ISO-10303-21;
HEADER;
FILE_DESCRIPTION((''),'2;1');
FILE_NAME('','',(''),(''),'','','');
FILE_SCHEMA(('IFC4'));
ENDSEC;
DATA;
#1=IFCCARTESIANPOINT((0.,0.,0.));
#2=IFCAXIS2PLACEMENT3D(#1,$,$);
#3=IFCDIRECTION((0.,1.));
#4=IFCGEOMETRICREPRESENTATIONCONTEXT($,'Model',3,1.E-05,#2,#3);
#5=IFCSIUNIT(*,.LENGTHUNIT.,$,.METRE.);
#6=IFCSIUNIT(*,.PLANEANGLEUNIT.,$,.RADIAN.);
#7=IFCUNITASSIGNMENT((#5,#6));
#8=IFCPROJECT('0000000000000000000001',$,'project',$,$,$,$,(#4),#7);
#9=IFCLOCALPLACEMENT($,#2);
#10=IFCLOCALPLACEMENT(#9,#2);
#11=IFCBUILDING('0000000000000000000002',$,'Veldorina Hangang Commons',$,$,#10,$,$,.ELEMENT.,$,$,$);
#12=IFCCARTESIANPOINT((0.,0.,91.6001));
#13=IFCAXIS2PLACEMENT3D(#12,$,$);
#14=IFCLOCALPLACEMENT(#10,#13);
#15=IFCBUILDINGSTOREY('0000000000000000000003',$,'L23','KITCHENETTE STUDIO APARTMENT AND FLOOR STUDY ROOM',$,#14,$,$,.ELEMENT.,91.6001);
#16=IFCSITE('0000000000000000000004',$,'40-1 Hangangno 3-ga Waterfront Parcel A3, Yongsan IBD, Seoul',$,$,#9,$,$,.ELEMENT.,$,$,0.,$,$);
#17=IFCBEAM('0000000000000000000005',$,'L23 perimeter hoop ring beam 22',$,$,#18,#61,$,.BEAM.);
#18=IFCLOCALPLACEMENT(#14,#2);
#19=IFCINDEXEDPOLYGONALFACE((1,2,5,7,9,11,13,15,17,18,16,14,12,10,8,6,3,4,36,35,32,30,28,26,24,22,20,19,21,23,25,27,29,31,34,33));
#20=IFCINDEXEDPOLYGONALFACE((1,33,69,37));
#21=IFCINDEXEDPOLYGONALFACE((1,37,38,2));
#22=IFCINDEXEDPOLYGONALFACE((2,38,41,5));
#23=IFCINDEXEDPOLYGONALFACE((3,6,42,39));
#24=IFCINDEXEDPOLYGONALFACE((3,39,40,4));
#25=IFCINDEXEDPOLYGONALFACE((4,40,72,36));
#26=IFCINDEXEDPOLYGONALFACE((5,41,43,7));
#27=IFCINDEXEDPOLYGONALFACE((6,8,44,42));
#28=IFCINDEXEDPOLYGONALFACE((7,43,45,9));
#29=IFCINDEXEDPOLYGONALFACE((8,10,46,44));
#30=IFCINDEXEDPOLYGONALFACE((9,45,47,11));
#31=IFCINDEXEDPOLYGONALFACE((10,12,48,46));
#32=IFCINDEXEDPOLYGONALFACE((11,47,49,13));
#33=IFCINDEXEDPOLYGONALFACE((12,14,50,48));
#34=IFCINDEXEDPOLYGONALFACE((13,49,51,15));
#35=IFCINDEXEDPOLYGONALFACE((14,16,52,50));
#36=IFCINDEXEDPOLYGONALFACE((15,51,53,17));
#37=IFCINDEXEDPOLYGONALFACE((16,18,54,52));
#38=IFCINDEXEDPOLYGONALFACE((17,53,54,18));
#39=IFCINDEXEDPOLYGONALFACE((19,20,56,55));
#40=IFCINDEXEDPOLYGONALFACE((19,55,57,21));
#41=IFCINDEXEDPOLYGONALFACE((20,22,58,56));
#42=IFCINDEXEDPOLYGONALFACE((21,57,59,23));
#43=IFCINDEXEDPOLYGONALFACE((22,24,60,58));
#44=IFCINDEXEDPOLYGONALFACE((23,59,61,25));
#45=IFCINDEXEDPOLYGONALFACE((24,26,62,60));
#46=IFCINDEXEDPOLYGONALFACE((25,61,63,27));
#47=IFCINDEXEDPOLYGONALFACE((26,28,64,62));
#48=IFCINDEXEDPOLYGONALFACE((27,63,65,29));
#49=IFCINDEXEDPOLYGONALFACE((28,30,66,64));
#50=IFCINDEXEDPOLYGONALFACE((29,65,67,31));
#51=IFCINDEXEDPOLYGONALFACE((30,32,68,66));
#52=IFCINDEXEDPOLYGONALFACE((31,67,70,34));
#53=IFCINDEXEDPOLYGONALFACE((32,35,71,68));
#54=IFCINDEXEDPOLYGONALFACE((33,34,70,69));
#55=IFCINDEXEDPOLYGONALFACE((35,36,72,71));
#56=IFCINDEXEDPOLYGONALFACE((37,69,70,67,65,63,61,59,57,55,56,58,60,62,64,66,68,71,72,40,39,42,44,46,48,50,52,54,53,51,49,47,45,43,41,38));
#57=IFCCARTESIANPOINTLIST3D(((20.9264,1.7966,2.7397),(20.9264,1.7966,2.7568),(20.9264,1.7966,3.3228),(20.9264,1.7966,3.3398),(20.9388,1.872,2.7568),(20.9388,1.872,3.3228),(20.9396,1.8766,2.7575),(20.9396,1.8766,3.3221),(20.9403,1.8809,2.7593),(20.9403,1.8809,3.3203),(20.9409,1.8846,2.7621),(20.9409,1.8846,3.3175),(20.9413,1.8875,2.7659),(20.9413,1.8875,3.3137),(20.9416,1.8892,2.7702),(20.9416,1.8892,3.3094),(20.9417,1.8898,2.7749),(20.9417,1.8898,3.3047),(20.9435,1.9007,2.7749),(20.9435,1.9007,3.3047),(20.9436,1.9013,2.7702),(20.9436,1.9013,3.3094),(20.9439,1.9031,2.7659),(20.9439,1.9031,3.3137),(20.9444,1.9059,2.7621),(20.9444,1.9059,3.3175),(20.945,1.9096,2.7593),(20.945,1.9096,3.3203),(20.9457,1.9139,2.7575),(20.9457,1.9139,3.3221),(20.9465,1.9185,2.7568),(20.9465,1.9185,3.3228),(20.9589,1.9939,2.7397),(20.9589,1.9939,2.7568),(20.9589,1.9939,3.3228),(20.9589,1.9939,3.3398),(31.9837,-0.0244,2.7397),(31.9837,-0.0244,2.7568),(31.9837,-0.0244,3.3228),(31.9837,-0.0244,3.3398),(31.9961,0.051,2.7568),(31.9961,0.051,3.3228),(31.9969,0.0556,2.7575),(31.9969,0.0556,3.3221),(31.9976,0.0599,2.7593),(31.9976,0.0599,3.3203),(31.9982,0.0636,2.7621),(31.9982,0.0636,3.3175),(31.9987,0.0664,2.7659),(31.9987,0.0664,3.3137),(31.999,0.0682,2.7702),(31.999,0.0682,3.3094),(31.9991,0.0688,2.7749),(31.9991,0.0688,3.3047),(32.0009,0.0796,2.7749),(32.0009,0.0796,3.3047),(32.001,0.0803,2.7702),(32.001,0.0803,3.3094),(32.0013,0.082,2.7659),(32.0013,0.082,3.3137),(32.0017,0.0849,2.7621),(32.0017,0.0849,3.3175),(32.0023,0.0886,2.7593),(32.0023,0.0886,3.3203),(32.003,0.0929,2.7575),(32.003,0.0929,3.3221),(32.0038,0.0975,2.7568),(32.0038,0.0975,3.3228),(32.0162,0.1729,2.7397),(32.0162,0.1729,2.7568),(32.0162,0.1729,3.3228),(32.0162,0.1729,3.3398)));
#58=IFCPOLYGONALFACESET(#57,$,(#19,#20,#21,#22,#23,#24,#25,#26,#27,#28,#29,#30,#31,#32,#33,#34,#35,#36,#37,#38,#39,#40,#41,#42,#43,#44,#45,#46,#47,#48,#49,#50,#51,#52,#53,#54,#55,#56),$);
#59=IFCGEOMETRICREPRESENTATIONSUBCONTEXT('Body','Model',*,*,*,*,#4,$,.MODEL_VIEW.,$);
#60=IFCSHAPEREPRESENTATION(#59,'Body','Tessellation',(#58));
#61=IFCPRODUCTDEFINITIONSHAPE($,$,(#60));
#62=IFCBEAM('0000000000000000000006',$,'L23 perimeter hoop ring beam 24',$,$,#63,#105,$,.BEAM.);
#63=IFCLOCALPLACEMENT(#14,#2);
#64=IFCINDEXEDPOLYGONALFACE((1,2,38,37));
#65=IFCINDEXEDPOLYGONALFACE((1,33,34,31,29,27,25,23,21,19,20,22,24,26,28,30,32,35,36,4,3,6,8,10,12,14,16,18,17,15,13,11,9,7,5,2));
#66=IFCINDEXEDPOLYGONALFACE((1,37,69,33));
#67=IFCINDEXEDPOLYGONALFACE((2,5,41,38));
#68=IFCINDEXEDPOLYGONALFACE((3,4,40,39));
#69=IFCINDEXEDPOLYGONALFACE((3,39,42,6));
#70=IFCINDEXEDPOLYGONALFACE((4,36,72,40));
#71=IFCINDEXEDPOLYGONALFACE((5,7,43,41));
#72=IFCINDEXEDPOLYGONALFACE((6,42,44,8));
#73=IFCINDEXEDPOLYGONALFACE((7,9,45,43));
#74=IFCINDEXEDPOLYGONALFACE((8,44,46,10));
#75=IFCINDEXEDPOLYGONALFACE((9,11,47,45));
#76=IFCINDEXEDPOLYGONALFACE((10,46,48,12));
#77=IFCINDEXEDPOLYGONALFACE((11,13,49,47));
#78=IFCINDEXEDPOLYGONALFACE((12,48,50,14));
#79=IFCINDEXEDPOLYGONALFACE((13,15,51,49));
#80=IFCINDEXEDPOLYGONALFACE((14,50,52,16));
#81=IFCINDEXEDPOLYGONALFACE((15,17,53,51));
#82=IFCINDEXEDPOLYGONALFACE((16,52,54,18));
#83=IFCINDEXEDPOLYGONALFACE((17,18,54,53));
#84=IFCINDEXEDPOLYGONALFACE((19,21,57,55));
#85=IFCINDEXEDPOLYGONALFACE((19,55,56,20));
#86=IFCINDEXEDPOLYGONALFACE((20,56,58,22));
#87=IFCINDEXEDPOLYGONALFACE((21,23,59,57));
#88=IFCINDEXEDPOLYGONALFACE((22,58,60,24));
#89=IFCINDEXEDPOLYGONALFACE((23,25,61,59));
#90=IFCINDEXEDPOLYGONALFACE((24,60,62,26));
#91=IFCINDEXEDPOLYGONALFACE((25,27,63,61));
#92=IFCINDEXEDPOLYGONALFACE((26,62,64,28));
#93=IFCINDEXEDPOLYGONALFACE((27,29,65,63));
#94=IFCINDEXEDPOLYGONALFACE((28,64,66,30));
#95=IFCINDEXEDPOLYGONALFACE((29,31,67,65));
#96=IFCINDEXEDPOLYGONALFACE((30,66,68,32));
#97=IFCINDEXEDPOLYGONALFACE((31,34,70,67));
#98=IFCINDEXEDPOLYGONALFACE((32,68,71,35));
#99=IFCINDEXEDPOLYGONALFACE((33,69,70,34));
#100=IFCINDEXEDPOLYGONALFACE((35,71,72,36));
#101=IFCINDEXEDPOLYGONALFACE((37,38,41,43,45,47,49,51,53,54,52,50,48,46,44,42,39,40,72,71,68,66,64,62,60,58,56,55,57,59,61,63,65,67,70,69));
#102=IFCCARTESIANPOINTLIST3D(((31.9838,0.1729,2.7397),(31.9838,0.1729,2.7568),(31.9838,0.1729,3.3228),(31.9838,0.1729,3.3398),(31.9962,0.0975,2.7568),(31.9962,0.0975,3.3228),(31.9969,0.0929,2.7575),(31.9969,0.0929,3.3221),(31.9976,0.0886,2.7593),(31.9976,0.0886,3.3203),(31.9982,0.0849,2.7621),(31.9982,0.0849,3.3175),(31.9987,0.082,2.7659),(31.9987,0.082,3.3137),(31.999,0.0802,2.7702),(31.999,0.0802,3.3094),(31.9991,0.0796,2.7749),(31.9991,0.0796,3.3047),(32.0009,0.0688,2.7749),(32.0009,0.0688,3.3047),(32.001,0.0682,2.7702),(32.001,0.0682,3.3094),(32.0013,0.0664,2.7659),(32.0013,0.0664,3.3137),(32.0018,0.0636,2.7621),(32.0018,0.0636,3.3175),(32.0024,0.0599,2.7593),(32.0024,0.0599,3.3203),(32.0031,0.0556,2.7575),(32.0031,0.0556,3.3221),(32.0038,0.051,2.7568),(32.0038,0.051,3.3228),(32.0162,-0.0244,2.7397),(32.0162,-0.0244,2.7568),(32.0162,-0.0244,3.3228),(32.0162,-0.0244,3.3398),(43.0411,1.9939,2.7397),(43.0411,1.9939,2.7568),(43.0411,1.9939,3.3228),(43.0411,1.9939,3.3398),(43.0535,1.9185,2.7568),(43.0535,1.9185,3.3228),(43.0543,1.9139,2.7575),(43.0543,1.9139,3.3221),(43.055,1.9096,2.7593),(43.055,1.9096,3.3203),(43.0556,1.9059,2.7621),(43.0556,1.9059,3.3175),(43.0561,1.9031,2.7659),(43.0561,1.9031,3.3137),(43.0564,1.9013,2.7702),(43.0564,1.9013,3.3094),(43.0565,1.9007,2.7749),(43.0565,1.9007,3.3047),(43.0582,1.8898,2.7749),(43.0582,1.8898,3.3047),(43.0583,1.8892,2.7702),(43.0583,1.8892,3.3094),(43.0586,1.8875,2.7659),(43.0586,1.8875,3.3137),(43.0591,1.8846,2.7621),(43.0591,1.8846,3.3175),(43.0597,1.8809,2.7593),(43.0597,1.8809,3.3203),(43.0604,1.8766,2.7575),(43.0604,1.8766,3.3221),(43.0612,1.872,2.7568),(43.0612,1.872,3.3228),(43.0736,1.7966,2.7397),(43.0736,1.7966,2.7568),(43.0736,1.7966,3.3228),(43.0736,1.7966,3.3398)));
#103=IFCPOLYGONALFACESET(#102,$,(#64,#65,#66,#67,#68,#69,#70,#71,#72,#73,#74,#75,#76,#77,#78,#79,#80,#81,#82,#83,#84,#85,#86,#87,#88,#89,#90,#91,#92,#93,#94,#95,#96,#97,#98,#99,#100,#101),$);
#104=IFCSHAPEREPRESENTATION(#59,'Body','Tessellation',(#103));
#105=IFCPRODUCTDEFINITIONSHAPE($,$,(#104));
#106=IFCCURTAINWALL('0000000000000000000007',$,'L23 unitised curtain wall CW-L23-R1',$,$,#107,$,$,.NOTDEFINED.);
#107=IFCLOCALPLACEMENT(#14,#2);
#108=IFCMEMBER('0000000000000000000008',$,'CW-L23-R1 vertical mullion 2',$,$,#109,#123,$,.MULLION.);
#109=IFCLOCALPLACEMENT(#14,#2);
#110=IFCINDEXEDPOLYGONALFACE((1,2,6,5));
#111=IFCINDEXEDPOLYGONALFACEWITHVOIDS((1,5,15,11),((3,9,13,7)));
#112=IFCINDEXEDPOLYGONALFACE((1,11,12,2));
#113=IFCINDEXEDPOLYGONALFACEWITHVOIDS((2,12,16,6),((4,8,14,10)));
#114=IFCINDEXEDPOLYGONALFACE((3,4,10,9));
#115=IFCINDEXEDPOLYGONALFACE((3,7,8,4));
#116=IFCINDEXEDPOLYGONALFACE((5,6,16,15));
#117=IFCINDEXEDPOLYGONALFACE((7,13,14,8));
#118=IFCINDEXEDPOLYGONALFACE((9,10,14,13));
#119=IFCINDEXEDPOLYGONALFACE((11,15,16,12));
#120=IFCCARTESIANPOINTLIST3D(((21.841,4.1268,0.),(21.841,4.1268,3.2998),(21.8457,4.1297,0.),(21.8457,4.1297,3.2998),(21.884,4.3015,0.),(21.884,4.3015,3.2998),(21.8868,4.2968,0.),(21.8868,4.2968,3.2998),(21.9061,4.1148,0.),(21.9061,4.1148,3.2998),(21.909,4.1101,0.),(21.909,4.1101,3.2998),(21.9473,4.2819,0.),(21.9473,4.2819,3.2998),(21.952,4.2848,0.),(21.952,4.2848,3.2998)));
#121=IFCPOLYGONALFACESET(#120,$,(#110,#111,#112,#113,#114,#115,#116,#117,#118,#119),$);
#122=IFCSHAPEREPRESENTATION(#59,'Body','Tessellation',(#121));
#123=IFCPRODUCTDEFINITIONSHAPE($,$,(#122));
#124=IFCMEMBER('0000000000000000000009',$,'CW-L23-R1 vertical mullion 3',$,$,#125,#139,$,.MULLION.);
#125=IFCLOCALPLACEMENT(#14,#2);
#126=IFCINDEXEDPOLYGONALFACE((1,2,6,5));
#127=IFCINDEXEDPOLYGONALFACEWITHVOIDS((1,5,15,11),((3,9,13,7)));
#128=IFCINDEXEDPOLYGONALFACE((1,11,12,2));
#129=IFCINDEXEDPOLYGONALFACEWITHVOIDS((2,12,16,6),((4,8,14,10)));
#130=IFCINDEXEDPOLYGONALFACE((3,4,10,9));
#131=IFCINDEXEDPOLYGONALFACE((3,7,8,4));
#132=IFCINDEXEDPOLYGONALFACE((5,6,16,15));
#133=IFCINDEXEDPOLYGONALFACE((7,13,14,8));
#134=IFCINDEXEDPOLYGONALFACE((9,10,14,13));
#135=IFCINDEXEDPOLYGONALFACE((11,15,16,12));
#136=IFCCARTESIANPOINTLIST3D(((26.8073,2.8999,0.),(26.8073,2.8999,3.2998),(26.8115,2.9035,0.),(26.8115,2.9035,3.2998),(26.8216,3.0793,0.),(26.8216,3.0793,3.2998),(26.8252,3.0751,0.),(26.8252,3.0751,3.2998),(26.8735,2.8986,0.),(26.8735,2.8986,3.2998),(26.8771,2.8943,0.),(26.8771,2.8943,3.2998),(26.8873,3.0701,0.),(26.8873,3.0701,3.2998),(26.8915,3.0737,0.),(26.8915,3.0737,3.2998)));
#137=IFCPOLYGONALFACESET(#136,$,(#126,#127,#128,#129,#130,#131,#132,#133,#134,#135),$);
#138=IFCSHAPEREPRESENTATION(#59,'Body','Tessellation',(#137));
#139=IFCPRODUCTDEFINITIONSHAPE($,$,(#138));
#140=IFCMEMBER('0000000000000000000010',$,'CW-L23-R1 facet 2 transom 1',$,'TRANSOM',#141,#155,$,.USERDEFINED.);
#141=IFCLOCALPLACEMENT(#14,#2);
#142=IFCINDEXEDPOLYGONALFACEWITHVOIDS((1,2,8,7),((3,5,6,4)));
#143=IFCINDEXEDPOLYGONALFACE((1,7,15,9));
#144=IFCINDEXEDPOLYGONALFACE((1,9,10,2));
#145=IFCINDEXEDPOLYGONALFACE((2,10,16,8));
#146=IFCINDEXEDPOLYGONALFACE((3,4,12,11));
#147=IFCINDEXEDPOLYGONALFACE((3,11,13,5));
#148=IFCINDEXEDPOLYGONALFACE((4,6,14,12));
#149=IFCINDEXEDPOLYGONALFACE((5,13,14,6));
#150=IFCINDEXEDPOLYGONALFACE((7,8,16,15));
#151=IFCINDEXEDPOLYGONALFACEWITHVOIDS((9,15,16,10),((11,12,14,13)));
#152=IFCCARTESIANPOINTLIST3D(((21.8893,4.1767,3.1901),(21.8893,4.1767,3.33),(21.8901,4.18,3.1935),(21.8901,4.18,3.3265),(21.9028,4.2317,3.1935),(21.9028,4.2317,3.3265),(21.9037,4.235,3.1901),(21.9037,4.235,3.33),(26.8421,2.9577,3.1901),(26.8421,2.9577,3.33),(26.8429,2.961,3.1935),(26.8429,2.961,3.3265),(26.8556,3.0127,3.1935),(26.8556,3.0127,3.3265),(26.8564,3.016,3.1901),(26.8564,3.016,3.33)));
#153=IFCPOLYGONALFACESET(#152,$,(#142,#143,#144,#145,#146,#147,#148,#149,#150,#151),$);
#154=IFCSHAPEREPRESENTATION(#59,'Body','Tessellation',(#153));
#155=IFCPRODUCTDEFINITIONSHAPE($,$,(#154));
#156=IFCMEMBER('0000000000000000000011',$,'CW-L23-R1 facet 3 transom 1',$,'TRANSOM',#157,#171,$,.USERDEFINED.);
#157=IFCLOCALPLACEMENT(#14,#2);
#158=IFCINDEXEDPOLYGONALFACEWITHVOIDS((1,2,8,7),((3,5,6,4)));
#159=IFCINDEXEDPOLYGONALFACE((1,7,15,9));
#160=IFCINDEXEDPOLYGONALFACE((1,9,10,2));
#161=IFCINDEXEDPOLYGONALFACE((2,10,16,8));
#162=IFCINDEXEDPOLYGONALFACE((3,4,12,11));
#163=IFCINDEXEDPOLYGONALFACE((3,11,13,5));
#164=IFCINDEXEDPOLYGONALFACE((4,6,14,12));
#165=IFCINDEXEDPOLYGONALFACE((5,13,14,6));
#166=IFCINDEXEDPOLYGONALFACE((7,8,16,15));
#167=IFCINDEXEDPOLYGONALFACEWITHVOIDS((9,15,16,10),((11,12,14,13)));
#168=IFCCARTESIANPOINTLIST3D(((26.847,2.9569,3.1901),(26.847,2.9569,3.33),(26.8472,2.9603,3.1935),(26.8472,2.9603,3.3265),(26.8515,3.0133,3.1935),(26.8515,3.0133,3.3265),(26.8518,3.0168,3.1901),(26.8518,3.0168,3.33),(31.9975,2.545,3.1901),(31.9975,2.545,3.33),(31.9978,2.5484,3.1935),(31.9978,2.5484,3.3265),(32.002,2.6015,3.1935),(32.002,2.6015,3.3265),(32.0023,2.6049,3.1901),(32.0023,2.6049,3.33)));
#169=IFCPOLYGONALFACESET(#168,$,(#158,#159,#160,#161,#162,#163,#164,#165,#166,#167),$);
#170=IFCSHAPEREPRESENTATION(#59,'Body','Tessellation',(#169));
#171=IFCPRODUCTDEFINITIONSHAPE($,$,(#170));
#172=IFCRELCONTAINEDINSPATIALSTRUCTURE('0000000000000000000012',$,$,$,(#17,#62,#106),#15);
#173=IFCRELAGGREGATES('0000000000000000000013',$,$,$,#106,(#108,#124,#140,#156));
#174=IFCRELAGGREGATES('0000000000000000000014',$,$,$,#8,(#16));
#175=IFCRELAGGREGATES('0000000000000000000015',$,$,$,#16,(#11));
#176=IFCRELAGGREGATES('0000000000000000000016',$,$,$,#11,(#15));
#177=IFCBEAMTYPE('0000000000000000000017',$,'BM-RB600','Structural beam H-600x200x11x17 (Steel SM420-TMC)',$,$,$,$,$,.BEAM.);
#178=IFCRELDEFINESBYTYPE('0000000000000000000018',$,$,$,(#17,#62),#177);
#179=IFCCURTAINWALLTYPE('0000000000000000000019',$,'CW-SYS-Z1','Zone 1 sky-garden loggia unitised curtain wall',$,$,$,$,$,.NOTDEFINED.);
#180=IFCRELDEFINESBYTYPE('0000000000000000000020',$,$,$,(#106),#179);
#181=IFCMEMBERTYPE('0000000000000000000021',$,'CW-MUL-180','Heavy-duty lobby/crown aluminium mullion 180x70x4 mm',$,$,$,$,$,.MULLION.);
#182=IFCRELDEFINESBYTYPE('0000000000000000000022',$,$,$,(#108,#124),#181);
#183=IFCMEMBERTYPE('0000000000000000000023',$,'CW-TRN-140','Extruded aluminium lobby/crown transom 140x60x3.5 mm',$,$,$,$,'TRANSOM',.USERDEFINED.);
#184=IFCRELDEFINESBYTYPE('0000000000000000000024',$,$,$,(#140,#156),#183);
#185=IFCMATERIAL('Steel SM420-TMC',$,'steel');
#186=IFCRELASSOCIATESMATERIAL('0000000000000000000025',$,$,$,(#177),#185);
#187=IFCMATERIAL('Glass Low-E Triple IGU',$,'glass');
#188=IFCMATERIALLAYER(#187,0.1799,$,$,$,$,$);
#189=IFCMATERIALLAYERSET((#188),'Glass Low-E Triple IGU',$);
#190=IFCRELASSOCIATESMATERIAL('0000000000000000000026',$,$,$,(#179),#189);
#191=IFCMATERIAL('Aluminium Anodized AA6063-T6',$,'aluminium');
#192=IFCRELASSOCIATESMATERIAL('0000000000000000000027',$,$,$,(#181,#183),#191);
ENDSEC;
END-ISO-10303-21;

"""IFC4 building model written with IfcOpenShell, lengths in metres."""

from ifc_helpers import new_model, si_unit, direction, frame, origin, origin_2d, place, context, subcontext, project, spatial, hollow_rectangle, i_section, extrude, material, layer, layer_set, material_profile, profile_set, type_object, element, aggregate, save


model = new_model("IFC4")

# Units and contexts
model_context = context("Model", 3, precision=1e-05, world=origin(), true_north=direction((0.0, 1.0)))
body_context = subcontext(model_context, "Body", "Model", "MODEL_VIEW")
ifc_project = project(units=[si_unit("LENGTHUNIT", "METRE"), si_unit("PLANEANGLEUNIT", "RADIAN")], contexts=[model_context])

# Site, building, storey
site_placement = place(None, origin())
site = spatial("IfcSite", under=ifc_project, at=site_placement, Name="40-1 Hangangno 3-ga Waterfront Parcel A3, Yongsan IBD, Seoul", CompositionType="ELEMENT", RefElevation=0.0)
building_placement = place(site_placement, origin())
building = spatial("IfcBuilding", under=site, at=building_placement, Name="Veldorina Hangang Commons", CompositionType="ELEMENT")
storey_placement = place(building_placement, frame((0.0, 0.0, 91.6001)))
storey = spatial("IfcBuildingStorey", under=building, at=storey_placement, Name="L23", Description="KITCHENETTE STUDIO APARTMENT AND FLOOR STUDY ROOM", CompositionType="ELEMENT", Elevation=91.6001)

# Beams
ifc_material_1 = material(Name="Steel SM420-TMC", Category="steel")
ifc_material_profile_1 = material_profile(ifc_material_1, i_section(OverallWidth=0.2, OverallDepth=0.6001, WebThickness=0.011, FlangeThickness=0.0171, FilletRadius=0.0181, at=origin_2d()), Name="H-600x200x11x17")
ifc_profile_set_1 = profile_set([ifc_material_profile_1], Name="Steel SM420-TMC")
beam_type = type_object("IfcBeamType", Name="BM-RB600", Description="Structural beam H-600x200x11x17 (Steel SM420-TMC)", PredefinedType="BEAM", material=ifc_profile_set_1)
for number, where, z_axis, x_axis, name in (
    (1, (20.9426, 1.8953, 3.0398), (0.986708, -0.162502, 0.0), (0.162502, 0.986708, 0.0), "L23 perimeter hoop ring beam 22"),
    (2, (32.0, 0.0742, 3.0398), (0.986708, 0.162502, 0.0), (-0.162502, 0.986708, 0.0), "L23 perimeter hoop ring beam 24"),
):
    element("IfcBeam", number, at=place(storey_placement, frame(where, z_axis=z_axis, x_axis=x_axis)), inside=storey, type_object=beam_type, Name=name, PredefinedType="BEAM", context=body_context, shape_type="SweptSolid", body=[
        extrude(i_section(OverallWidth=0.2, OverallDepth=0.6001, WebThickness=0.011, FlangeThickness=0.0171, FilletRadius=0.0181, at=origin_2d()), origin(), (0.0, 0.0, 1.0), 11.2063),
    ])

# Curtain wall, members
ifc_material_2 = material(Name="Glass Low-E Triple IGU", Category="glass")
ifc_layer_1 = layer(ifc_material_2, 0.1799)
ifc_layer_set_1 = layer_set([ifc_layer_1], Name="Glass Low-E Triple IGU")
curtain_wall_type = type_object("IfcCurtainWallType", Name="CW-SYS-Z1", Description="Zone 1 sky-garden loggia unitised curtain wall", PredefinedType="NOTDEFINED", material=ifc_layer_set_1)
curtain_wall_placement = place(storey_placement, origin())
curtain_wall = element("IfcCurtainWall", 3, at=curtain_wall_placement, inside=storey, type_object=curtain_wall_type, Name="L23 unitised curtain wall CW-L23-R1", PredefinedType="NOTDEFINED")
ifc_material_3 = material(Name="Aluminium Anodized AA6063-T6", Category="aluminium")
ifc_material_profile_2 = material_profile(ifc_material_3, hollow_rectangle(XDim=0.0701, YDim=0.1799, WallThickness=0.0039, at=origin_2d()), Name="ALU-RHS-180x70x4")
ifc_profile_set_2 = profile_set([ifc_material_profile_2], Name="Aluminium Anodized AA6063-T6")
member_type_1 = type_object("IfcMemberType", Name="CW-MUL-180", Description="Heavy-duty lobby/crown aluminium mullion 180x70x4 mm", PredefinedType="MULLION", material=ifc_profile_set_2)
member_1_placement = place(storey_placement, frame((21.8965, 4.2058, 0.0), z_axis=(0.0, 0.0, 1.0), x_axis=(0.971013, -0.239025, 0.0)))
member_1 = element("IfcMember", 4, at=member_1_placement, type_object=member_type_1, Name="CW-L23-R1 vertical mullion 2", PredefinedType="MULLION", context=body_context, shape_type="SweptSolid", body=[
    extrude(hollow_rectangle(XDim=0.0701, YDim=0.1799, WallThickness=0.0039, at=origin_2d()), origin(), (0.0, 0.0, 1.0), 3.2998),
])
member_2_placement = place(storey_placement, frame((26.8494, 2.9868, 0.0), z_axis=(0.0, 0.0, 1.0), x_axis=(0.996821, -0.079677, 0.0)))
member_2 = element("IfcMember", 5, at=member_2_placement, type_object=member_type_1, Name="CW-L23-R1 vertical mullion 3", PredefinedType="MULLION", context=body_context, shape_type="SweptSolid", body=[
    extrude(hollow_rectangle(XDim=0.0701, YDim=0.1799, WallThickness=0.0039, at=origin_2d()), origin(), (0.0, 0.0, 1.0), 3.2998),
])
ifc_material_profile_3 = material_profile(ifc_material_3, hollow_rectangle(XDim=0.0601, YDim=0.1399, WallThickness=0.0034, at=origin_2d()), Name="ALU-RHS-140x60x3.5")
ifc_profile_set_3 = profile_set([ifc_material_profile_3], Name="Aluminium Anodized AA6063-T6")
member_type_2 = type_object("IfcMemberType", Name="CW-TRN-140", Description="Extruded aluminium lobby/crown transom 140x60x3.5 mm", ElementType="TRANSOM", PredefinedType="USERDEFINED", material=ifc_profile_set_3)
member_3_placement = place(storey_placement, frame((21.8965, 4.2058, 3.26), z_axis=(0.971023, -0.238986, 0.0), x_axis=(0.238986, 0.971023, 0.0)))
member_3 = element("IfcMember", 6, at=member_3_placement, type_object=member_type_2, Name="CW-L23-R1 facet 2 transom 1", ObjectType="TRANSOM", PredefinedType="USERDEFINED", context=body_context, shape_type="SweptSolid", body=[
    extrude(hollow_rectangle(XDim=0.0601, YDim=0.1399, WallThickness=0.0034, at=origin_2d()), origin(), (0.0, 0.0, 1.0), 5.1006),
])
member_4_placement = place(storey_placement, frame((26.8494, 2.9868, 3.26), z_axis=(0.996818, -0.07971, 0.0), x_axis=(0.07971, 0.996818, 0.0)))
member_4 = element("IfcMember", 7, at=member_4_placement, type_object=member_type_2, Name="CW-L23-R1 facet 3 transom 1", ObjectType="TRANSOM", PredefinedType="USERDEFINED", context=body_context, shape_type="SweptSolid", body=[
    extrude(hollow_rectangle(XDim=0.0601, YDim=0.1399, WallThickness=0.0034, at=origin_2d()), origin(), (0.0, 0.0, 1.0), 5.167),
])

aggregate(curtain_wall, [member_1, member_2, member_3, member_4])

save(model, "model.ifc")
